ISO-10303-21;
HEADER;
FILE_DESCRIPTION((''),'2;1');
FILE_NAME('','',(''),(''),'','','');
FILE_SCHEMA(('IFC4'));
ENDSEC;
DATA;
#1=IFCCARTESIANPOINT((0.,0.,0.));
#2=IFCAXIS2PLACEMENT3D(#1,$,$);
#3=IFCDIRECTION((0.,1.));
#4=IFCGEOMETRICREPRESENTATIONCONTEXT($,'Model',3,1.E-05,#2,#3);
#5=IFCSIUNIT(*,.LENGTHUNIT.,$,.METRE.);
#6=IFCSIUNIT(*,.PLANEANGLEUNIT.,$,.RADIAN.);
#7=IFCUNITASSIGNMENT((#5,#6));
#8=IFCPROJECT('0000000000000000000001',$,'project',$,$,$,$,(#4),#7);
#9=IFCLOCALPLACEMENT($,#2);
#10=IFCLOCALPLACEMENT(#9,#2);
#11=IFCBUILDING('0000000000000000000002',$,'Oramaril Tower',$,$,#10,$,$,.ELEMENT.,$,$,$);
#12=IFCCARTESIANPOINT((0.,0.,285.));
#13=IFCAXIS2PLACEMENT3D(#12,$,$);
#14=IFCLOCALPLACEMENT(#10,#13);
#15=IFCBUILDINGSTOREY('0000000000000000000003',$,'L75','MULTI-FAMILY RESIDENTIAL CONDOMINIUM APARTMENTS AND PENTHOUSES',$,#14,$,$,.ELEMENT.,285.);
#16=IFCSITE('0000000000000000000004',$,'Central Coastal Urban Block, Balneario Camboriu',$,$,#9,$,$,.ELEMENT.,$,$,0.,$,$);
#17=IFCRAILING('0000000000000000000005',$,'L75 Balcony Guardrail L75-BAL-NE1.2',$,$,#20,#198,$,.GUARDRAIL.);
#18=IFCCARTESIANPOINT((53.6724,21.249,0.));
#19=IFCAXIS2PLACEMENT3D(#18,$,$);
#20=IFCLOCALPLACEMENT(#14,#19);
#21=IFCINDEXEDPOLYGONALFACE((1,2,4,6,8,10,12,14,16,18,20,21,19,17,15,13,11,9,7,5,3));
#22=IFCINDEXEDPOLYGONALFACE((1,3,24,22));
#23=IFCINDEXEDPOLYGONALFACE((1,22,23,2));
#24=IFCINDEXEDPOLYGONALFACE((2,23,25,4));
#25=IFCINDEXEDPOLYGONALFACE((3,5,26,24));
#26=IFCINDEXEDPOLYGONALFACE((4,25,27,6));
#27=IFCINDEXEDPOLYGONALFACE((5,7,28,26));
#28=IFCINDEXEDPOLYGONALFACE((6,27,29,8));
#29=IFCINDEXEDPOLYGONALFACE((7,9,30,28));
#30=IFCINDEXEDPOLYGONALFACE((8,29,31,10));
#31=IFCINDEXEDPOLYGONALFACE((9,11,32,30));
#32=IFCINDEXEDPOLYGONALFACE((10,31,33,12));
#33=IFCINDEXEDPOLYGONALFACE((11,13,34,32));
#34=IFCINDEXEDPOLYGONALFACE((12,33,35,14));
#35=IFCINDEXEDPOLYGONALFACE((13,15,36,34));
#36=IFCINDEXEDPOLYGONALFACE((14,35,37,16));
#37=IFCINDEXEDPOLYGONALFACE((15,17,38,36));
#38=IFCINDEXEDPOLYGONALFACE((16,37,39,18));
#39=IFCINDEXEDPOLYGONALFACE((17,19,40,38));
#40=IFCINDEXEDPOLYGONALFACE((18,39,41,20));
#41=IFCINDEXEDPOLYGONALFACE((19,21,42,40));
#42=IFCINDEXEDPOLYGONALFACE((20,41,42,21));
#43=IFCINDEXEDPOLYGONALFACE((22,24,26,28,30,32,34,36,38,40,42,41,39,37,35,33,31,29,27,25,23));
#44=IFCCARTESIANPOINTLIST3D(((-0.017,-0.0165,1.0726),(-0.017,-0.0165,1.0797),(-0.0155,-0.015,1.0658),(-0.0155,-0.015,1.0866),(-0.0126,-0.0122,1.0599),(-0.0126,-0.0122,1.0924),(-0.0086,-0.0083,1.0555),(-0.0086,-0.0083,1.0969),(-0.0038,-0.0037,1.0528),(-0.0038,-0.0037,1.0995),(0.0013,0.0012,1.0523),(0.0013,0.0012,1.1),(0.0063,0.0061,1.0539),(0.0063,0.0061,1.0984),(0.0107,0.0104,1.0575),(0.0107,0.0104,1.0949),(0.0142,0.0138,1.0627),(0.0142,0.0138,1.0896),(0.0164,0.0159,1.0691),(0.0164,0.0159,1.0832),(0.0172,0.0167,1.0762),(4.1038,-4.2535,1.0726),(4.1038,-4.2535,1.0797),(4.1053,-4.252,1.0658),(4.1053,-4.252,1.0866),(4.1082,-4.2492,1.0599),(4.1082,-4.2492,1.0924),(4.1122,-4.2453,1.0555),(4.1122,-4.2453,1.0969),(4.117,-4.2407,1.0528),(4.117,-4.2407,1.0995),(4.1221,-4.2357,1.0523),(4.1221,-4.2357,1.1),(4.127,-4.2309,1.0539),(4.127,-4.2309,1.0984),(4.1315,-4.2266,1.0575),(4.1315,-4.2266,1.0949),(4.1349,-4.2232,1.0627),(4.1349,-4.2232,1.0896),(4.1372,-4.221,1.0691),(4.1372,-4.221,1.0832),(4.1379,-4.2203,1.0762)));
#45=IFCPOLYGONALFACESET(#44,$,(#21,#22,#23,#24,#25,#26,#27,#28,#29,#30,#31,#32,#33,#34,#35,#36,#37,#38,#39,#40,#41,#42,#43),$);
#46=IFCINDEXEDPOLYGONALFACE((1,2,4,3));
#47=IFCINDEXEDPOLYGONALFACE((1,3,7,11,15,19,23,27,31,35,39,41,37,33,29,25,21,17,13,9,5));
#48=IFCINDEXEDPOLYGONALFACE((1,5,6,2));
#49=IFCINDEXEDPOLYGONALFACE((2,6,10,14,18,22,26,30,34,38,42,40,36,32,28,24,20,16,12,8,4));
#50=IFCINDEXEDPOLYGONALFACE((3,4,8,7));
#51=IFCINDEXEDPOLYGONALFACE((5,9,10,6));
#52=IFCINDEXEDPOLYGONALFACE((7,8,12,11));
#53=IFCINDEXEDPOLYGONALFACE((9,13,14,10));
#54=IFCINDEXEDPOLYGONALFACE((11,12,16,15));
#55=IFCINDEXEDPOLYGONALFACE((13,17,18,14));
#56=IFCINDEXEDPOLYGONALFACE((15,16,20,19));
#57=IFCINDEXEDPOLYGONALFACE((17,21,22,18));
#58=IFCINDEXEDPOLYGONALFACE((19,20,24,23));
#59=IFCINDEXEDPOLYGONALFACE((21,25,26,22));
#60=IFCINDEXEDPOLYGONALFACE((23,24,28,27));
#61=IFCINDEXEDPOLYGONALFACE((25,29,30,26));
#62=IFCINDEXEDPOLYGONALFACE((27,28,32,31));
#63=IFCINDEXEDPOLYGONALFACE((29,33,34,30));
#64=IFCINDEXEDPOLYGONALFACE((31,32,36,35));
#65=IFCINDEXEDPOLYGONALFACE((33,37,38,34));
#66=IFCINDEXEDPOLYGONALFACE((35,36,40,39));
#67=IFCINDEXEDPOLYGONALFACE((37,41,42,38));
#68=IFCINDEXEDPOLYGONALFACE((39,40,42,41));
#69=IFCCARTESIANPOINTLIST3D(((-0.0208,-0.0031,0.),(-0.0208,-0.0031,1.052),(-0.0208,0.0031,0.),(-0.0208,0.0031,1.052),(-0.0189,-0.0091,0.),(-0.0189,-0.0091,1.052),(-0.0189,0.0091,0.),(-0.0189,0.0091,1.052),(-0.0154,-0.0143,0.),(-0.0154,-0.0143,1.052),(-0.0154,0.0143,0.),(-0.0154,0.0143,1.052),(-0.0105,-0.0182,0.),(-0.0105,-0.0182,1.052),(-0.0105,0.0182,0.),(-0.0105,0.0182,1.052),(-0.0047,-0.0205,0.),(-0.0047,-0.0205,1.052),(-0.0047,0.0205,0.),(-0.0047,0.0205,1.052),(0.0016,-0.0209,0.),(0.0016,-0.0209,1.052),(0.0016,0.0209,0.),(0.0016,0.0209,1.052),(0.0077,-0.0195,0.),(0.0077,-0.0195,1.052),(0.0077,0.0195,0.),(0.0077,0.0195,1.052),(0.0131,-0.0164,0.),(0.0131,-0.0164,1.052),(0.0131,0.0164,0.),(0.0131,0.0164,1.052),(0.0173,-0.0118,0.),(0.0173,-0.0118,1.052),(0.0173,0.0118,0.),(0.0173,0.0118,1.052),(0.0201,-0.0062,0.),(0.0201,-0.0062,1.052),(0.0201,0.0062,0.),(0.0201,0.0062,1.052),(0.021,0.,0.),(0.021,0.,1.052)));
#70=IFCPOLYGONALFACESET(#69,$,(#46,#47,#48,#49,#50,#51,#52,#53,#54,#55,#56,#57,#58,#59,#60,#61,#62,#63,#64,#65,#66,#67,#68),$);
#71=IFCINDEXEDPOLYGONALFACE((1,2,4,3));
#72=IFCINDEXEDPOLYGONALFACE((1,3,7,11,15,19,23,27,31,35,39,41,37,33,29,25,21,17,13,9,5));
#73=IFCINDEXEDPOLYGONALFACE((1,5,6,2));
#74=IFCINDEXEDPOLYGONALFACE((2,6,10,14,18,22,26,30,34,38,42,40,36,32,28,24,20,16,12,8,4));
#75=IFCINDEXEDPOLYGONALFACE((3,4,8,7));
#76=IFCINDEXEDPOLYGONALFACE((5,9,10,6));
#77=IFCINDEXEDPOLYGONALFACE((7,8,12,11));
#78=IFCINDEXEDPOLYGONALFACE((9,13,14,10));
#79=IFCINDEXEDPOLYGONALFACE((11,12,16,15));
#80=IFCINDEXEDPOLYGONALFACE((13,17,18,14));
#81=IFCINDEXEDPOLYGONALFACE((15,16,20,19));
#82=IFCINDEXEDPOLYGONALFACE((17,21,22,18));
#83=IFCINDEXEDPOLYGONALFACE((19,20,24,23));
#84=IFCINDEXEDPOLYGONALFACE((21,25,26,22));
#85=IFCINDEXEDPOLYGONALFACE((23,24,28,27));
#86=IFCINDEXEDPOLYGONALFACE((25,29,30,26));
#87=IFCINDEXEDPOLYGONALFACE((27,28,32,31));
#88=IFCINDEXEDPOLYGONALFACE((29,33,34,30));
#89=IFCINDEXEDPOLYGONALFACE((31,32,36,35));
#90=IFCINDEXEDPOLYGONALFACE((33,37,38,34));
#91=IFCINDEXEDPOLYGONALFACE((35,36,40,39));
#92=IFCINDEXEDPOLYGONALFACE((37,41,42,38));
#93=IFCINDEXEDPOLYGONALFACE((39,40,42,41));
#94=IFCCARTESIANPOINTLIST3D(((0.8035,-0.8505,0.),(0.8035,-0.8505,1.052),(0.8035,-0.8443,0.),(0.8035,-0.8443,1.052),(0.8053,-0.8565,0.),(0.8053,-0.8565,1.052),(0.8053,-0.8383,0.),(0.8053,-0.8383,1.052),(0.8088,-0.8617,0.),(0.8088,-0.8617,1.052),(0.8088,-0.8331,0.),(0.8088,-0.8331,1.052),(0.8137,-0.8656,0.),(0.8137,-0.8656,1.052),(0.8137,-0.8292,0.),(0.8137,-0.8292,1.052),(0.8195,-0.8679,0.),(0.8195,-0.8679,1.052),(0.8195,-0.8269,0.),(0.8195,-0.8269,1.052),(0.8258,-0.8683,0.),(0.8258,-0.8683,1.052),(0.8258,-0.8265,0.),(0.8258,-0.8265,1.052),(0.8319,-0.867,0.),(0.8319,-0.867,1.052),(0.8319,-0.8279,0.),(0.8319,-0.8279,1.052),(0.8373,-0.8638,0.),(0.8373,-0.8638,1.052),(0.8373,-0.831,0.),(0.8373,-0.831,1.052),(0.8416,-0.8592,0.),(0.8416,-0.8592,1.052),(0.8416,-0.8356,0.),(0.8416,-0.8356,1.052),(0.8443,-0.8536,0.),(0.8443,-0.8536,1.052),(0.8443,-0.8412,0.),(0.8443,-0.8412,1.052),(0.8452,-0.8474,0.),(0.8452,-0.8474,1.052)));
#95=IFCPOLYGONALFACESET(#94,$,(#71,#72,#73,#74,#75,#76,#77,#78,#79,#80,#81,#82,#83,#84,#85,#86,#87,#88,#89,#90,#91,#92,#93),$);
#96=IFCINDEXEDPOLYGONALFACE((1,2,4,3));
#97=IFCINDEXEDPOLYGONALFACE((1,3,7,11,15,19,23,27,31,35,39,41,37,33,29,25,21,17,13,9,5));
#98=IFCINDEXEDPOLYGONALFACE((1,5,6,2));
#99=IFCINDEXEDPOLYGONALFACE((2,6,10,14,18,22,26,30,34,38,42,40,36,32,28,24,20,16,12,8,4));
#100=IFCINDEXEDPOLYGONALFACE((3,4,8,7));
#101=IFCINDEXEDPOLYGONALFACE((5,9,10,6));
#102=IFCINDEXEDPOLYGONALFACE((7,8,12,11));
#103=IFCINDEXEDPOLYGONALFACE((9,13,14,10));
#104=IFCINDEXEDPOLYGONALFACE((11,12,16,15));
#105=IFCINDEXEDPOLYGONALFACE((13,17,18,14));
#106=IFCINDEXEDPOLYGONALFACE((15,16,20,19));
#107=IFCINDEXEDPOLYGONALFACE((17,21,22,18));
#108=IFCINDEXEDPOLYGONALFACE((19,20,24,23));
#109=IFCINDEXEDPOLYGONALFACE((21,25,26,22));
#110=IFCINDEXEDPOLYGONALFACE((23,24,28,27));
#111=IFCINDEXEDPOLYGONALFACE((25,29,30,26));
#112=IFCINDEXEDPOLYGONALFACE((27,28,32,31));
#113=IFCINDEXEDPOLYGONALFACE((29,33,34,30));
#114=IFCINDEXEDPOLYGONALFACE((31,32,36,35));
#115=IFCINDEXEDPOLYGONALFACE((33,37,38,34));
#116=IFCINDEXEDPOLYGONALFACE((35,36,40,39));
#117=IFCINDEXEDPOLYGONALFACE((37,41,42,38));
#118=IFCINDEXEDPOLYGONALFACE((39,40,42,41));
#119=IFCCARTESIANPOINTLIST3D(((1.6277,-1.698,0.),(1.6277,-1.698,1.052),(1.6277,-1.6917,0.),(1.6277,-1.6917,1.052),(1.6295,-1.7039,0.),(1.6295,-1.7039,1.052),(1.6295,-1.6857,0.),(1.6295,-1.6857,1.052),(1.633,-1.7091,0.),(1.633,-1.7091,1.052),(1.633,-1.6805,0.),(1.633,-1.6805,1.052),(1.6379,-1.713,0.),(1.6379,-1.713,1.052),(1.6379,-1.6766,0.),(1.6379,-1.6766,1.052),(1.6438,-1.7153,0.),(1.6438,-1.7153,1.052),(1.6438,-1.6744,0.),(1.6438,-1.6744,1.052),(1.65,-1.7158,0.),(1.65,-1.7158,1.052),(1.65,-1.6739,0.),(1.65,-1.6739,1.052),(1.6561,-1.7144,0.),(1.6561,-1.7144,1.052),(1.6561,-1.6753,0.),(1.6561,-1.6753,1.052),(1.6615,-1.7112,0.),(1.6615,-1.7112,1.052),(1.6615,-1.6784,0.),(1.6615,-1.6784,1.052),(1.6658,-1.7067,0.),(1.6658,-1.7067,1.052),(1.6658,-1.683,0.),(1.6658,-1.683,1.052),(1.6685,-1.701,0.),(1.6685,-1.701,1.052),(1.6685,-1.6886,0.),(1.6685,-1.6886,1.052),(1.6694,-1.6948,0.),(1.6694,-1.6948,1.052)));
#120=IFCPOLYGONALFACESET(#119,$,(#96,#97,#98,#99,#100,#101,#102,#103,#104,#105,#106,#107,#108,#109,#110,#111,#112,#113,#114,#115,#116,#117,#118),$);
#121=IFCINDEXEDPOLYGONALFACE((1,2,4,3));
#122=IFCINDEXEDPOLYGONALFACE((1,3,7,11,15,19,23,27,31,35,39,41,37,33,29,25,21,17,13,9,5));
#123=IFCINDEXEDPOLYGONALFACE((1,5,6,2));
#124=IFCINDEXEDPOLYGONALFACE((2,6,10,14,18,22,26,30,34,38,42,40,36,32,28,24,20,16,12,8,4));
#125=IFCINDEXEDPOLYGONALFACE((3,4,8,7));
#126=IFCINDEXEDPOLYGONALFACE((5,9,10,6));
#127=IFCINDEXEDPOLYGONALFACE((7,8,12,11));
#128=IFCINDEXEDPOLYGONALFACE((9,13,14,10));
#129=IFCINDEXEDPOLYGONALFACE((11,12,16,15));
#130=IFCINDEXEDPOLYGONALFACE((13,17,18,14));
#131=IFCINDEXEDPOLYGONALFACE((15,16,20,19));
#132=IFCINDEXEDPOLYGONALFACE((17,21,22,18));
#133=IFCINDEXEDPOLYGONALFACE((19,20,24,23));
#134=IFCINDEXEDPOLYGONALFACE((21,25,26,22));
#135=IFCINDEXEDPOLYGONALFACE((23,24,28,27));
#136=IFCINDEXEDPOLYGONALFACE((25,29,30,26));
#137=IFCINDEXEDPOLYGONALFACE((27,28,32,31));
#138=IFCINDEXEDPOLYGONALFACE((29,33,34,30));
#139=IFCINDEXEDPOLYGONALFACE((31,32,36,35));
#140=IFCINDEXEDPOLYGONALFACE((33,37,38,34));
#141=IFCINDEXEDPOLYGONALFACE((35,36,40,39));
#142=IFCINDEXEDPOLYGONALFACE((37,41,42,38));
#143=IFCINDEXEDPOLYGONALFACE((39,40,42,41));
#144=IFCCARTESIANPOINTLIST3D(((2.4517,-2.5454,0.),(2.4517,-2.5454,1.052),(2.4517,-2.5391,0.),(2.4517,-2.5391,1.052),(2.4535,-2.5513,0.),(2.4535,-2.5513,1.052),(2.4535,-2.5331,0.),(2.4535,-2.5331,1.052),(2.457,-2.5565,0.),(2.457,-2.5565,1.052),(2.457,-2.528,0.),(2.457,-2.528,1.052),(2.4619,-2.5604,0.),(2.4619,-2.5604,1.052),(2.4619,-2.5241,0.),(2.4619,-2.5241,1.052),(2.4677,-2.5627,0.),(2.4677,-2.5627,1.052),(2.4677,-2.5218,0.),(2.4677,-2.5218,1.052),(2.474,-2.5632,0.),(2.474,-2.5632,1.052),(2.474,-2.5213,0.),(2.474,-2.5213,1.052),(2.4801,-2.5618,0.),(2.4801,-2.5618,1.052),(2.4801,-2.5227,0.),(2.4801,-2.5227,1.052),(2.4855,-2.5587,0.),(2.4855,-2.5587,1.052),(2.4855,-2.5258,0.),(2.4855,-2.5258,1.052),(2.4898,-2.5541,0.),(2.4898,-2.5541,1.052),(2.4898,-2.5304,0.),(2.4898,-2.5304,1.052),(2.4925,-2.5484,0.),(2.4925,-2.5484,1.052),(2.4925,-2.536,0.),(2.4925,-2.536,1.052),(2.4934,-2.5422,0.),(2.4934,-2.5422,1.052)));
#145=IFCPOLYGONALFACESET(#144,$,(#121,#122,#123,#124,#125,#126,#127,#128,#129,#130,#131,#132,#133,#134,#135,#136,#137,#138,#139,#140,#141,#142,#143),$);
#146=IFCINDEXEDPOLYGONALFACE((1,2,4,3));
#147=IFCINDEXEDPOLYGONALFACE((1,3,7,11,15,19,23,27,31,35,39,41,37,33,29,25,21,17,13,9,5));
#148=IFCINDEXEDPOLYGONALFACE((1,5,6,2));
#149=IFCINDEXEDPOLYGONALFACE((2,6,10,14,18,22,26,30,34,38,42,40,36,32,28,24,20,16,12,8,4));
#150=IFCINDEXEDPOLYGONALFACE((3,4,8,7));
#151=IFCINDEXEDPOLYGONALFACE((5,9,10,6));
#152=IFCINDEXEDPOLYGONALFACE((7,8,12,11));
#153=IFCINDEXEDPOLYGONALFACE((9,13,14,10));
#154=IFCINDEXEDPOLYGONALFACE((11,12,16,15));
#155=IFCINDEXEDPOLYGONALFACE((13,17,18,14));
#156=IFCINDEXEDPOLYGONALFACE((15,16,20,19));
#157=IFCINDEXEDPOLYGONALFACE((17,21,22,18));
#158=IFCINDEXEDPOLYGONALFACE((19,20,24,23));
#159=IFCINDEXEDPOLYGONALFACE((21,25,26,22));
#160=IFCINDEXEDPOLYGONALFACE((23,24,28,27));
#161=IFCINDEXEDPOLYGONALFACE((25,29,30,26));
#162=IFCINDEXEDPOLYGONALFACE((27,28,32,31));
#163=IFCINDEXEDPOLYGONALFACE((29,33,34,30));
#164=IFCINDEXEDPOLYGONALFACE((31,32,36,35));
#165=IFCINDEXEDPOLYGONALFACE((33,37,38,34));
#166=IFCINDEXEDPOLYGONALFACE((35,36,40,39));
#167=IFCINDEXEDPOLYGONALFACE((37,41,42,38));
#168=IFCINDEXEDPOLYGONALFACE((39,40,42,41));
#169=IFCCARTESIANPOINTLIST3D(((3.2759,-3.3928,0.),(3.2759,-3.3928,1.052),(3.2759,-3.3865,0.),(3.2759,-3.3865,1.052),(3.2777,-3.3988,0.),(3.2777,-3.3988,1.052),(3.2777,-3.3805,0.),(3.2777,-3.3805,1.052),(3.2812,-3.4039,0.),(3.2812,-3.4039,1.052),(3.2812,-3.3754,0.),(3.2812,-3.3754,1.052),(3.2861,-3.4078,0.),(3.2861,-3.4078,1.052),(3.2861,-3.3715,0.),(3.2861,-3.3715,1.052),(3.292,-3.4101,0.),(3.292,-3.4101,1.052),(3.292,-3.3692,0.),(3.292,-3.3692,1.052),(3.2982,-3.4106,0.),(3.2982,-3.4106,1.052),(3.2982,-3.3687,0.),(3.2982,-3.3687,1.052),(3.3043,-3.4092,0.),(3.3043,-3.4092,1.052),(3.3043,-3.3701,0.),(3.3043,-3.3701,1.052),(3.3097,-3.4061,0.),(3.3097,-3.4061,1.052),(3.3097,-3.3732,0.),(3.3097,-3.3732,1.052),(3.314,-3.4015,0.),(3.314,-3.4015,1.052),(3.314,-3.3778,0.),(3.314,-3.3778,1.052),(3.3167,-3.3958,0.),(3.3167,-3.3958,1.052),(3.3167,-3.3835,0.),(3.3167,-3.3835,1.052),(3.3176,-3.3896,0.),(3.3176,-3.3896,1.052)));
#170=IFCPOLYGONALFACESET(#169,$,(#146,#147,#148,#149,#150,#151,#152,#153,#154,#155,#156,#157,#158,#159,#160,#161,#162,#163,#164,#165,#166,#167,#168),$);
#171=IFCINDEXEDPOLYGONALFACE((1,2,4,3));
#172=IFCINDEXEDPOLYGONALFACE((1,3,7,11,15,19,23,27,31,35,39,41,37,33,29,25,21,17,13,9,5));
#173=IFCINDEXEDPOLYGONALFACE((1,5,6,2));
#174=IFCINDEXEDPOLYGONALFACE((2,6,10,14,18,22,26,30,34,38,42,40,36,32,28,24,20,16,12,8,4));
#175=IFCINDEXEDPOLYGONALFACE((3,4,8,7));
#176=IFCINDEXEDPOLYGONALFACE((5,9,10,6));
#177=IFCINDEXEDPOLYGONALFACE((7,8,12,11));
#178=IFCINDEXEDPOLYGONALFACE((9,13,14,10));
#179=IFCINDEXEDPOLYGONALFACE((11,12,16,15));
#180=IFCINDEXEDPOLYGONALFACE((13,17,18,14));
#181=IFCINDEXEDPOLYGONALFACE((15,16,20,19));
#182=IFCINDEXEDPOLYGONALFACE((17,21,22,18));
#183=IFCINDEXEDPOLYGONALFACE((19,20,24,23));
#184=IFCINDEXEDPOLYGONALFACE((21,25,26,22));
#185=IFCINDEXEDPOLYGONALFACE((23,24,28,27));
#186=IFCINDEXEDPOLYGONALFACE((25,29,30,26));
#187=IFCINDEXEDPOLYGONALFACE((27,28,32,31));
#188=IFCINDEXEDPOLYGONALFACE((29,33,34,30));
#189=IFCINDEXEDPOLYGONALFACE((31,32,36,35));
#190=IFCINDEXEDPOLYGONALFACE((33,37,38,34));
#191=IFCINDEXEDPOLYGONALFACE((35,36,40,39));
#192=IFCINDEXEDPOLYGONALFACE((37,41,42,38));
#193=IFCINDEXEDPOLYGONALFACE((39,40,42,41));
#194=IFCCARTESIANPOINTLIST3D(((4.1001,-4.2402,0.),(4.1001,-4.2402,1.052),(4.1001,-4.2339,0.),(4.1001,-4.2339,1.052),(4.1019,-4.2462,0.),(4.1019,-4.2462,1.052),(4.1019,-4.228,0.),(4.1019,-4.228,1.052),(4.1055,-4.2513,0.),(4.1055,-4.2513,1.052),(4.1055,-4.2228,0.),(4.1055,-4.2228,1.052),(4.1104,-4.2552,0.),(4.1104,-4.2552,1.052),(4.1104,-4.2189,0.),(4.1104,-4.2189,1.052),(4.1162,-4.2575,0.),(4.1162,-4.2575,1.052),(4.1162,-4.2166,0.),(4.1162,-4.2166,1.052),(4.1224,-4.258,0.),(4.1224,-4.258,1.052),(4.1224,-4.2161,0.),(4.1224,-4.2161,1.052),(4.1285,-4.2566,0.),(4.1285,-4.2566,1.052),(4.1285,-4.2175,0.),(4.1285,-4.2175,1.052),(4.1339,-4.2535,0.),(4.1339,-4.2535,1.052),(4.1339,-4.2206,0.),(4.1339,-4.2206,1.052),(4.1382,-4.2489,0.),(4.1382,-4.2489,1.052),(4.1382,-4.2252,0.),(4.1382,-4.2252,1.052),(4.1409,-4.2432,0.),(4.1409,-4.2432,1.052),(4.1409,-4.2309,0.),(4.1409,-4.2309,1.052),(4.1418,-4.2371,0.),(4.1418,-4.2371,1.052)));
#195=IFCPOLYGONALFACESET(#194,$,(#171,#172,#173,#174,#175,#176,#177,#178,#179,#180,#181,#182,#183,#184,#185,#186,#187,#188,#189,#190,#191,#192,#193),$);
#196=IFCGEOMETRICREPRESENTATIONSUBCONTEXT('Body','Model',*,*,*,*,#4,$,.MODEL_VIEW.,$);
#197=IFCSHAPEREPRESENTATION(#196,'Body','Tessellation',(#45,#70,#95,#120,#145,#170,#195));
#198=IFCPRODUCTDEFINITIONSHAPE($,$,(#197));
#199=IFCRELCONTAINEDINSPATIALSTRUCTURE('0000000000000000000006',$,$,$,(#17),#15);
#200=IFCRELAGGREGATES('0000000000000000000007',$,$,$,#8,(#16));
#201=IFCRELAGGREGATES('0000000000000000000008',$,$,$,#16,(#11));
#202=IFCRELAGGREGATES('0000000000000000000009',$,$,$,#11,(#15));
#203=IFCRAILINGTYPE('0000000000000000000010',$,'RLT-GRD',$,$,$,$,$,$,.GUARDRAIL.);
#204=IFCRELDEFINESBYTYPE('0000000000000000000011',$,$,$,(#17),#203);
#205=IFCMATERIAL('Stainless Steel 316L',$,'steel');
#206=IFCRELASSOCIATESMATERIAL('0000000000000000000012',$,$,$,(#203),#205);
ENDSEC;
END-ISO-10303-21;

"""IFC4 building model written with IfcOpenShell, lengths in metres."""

from ifc_helpers import new_model, si_unit, direction, frame, origin, origin_2d, place, context, subcontext, project, spatial, circle, extrude, material, type_object, element, save


model = new_model("IFC4")

# Units and contexts
model_context = context("Model", 3, precision=1e-05, world=origin(), true_north=direction((0.0, 1.0)))
body_context = subcontext(model_context, "Body", "Model", "MODEL_VIEW")
ifc_project = project(units=[si_unit("LENGTHUNIT", "METRE"), si_unit("PLANEANGLEUNIT", "RADIAN")], contexts=[model_context])

# Site, building, storey
site_placement = place(None, origin())
site = spatial("IfcSite", under=ifc_project, at=site_placement, Name="Central Coastal Urban Block, Balneario Camboriu", CompositionType="ELEMENT", RefElevation=0.0)
building_placement = place(site_placement, origin())
building = spatial("IfcBuilding", under=site, at=building_placement, Name="Oramaril Tower", CompositionType="ELEMENT")
storey_placement = place(building_placement, frame((0.0, 0.0, 285.0)))
storey = spatial("IfcBuildingStorey", under=building, at=storey_placement, Name="L75", Description="MULTI-FAMILY RESIDENTIAL CONDOMINIUM APARTMENTS AND PENTHOUSES", CompositionType="ELEMENT", Elevation=285.0)

# Railing
ifc_material_1 = material(Name="Stainless Steel 316L", Category="steel")
railing_type = type_object("IfcRailingType", Name="RLT-GRD", PredefinedType="GUARDRAIL", material=ifc_material_1)
railing_1_placement = place(storey_placement, frame((53.6724, 21.249, 0.0)))
element("IfcRailing", 1, at=railing_1_placement, inside=storey, type_object=railing_type, Name="L75 Balcony Guardrail L75-BAL-NE1.2", PredefinedType="GUARDRAIL", context=body_context, shape_type="SweptSolid", body=[
    extrude(circle(Radius=0.0239, at=origin_2d()), frame((0.0, 0.0, 1.0762), z_axis=(0.697208, -0.716869, 0.0), x_axis=(0.716869, 0.697208, 0.0)), (0.0, 0.0, 1.0), 5.9104),
    extrude(circle(Radius=0.021, at=origin_2d()), origin(), (0.0, 0.0, 1.0), 1.052),
    extrude(circle(Radius=0.021, at=origin_2d()), frame((0.8242, -0.8474, 0.0)), (0.0, 0.0, 1.0), 1.052),
    extrude(circle(Radius=0.021, at=origin_2d()), frame((1.6484, -1.6948, 0.0)), (0.0, 0.0, 1.0), 1.052),
    extrude(circle(Radius=0.021, at=origin_2d()), frame((2.4724, -2.5422, 0.0)), (0.0, 0.0, 1.0), 1.052),
    extrude(circle(Radius=0.021, at=origin_2d()), frame((3.2966, -3.3896, 0.0)), (0.0, 0.0, 1.0), 1.052),
    extrude(circle(Radius=0.021, at=origin_2d()), frame((4.1208, -4.2371, 0.0)), (0.0, 0.0, 1.0), 1.052),
])

save(model, "model.ifc")
